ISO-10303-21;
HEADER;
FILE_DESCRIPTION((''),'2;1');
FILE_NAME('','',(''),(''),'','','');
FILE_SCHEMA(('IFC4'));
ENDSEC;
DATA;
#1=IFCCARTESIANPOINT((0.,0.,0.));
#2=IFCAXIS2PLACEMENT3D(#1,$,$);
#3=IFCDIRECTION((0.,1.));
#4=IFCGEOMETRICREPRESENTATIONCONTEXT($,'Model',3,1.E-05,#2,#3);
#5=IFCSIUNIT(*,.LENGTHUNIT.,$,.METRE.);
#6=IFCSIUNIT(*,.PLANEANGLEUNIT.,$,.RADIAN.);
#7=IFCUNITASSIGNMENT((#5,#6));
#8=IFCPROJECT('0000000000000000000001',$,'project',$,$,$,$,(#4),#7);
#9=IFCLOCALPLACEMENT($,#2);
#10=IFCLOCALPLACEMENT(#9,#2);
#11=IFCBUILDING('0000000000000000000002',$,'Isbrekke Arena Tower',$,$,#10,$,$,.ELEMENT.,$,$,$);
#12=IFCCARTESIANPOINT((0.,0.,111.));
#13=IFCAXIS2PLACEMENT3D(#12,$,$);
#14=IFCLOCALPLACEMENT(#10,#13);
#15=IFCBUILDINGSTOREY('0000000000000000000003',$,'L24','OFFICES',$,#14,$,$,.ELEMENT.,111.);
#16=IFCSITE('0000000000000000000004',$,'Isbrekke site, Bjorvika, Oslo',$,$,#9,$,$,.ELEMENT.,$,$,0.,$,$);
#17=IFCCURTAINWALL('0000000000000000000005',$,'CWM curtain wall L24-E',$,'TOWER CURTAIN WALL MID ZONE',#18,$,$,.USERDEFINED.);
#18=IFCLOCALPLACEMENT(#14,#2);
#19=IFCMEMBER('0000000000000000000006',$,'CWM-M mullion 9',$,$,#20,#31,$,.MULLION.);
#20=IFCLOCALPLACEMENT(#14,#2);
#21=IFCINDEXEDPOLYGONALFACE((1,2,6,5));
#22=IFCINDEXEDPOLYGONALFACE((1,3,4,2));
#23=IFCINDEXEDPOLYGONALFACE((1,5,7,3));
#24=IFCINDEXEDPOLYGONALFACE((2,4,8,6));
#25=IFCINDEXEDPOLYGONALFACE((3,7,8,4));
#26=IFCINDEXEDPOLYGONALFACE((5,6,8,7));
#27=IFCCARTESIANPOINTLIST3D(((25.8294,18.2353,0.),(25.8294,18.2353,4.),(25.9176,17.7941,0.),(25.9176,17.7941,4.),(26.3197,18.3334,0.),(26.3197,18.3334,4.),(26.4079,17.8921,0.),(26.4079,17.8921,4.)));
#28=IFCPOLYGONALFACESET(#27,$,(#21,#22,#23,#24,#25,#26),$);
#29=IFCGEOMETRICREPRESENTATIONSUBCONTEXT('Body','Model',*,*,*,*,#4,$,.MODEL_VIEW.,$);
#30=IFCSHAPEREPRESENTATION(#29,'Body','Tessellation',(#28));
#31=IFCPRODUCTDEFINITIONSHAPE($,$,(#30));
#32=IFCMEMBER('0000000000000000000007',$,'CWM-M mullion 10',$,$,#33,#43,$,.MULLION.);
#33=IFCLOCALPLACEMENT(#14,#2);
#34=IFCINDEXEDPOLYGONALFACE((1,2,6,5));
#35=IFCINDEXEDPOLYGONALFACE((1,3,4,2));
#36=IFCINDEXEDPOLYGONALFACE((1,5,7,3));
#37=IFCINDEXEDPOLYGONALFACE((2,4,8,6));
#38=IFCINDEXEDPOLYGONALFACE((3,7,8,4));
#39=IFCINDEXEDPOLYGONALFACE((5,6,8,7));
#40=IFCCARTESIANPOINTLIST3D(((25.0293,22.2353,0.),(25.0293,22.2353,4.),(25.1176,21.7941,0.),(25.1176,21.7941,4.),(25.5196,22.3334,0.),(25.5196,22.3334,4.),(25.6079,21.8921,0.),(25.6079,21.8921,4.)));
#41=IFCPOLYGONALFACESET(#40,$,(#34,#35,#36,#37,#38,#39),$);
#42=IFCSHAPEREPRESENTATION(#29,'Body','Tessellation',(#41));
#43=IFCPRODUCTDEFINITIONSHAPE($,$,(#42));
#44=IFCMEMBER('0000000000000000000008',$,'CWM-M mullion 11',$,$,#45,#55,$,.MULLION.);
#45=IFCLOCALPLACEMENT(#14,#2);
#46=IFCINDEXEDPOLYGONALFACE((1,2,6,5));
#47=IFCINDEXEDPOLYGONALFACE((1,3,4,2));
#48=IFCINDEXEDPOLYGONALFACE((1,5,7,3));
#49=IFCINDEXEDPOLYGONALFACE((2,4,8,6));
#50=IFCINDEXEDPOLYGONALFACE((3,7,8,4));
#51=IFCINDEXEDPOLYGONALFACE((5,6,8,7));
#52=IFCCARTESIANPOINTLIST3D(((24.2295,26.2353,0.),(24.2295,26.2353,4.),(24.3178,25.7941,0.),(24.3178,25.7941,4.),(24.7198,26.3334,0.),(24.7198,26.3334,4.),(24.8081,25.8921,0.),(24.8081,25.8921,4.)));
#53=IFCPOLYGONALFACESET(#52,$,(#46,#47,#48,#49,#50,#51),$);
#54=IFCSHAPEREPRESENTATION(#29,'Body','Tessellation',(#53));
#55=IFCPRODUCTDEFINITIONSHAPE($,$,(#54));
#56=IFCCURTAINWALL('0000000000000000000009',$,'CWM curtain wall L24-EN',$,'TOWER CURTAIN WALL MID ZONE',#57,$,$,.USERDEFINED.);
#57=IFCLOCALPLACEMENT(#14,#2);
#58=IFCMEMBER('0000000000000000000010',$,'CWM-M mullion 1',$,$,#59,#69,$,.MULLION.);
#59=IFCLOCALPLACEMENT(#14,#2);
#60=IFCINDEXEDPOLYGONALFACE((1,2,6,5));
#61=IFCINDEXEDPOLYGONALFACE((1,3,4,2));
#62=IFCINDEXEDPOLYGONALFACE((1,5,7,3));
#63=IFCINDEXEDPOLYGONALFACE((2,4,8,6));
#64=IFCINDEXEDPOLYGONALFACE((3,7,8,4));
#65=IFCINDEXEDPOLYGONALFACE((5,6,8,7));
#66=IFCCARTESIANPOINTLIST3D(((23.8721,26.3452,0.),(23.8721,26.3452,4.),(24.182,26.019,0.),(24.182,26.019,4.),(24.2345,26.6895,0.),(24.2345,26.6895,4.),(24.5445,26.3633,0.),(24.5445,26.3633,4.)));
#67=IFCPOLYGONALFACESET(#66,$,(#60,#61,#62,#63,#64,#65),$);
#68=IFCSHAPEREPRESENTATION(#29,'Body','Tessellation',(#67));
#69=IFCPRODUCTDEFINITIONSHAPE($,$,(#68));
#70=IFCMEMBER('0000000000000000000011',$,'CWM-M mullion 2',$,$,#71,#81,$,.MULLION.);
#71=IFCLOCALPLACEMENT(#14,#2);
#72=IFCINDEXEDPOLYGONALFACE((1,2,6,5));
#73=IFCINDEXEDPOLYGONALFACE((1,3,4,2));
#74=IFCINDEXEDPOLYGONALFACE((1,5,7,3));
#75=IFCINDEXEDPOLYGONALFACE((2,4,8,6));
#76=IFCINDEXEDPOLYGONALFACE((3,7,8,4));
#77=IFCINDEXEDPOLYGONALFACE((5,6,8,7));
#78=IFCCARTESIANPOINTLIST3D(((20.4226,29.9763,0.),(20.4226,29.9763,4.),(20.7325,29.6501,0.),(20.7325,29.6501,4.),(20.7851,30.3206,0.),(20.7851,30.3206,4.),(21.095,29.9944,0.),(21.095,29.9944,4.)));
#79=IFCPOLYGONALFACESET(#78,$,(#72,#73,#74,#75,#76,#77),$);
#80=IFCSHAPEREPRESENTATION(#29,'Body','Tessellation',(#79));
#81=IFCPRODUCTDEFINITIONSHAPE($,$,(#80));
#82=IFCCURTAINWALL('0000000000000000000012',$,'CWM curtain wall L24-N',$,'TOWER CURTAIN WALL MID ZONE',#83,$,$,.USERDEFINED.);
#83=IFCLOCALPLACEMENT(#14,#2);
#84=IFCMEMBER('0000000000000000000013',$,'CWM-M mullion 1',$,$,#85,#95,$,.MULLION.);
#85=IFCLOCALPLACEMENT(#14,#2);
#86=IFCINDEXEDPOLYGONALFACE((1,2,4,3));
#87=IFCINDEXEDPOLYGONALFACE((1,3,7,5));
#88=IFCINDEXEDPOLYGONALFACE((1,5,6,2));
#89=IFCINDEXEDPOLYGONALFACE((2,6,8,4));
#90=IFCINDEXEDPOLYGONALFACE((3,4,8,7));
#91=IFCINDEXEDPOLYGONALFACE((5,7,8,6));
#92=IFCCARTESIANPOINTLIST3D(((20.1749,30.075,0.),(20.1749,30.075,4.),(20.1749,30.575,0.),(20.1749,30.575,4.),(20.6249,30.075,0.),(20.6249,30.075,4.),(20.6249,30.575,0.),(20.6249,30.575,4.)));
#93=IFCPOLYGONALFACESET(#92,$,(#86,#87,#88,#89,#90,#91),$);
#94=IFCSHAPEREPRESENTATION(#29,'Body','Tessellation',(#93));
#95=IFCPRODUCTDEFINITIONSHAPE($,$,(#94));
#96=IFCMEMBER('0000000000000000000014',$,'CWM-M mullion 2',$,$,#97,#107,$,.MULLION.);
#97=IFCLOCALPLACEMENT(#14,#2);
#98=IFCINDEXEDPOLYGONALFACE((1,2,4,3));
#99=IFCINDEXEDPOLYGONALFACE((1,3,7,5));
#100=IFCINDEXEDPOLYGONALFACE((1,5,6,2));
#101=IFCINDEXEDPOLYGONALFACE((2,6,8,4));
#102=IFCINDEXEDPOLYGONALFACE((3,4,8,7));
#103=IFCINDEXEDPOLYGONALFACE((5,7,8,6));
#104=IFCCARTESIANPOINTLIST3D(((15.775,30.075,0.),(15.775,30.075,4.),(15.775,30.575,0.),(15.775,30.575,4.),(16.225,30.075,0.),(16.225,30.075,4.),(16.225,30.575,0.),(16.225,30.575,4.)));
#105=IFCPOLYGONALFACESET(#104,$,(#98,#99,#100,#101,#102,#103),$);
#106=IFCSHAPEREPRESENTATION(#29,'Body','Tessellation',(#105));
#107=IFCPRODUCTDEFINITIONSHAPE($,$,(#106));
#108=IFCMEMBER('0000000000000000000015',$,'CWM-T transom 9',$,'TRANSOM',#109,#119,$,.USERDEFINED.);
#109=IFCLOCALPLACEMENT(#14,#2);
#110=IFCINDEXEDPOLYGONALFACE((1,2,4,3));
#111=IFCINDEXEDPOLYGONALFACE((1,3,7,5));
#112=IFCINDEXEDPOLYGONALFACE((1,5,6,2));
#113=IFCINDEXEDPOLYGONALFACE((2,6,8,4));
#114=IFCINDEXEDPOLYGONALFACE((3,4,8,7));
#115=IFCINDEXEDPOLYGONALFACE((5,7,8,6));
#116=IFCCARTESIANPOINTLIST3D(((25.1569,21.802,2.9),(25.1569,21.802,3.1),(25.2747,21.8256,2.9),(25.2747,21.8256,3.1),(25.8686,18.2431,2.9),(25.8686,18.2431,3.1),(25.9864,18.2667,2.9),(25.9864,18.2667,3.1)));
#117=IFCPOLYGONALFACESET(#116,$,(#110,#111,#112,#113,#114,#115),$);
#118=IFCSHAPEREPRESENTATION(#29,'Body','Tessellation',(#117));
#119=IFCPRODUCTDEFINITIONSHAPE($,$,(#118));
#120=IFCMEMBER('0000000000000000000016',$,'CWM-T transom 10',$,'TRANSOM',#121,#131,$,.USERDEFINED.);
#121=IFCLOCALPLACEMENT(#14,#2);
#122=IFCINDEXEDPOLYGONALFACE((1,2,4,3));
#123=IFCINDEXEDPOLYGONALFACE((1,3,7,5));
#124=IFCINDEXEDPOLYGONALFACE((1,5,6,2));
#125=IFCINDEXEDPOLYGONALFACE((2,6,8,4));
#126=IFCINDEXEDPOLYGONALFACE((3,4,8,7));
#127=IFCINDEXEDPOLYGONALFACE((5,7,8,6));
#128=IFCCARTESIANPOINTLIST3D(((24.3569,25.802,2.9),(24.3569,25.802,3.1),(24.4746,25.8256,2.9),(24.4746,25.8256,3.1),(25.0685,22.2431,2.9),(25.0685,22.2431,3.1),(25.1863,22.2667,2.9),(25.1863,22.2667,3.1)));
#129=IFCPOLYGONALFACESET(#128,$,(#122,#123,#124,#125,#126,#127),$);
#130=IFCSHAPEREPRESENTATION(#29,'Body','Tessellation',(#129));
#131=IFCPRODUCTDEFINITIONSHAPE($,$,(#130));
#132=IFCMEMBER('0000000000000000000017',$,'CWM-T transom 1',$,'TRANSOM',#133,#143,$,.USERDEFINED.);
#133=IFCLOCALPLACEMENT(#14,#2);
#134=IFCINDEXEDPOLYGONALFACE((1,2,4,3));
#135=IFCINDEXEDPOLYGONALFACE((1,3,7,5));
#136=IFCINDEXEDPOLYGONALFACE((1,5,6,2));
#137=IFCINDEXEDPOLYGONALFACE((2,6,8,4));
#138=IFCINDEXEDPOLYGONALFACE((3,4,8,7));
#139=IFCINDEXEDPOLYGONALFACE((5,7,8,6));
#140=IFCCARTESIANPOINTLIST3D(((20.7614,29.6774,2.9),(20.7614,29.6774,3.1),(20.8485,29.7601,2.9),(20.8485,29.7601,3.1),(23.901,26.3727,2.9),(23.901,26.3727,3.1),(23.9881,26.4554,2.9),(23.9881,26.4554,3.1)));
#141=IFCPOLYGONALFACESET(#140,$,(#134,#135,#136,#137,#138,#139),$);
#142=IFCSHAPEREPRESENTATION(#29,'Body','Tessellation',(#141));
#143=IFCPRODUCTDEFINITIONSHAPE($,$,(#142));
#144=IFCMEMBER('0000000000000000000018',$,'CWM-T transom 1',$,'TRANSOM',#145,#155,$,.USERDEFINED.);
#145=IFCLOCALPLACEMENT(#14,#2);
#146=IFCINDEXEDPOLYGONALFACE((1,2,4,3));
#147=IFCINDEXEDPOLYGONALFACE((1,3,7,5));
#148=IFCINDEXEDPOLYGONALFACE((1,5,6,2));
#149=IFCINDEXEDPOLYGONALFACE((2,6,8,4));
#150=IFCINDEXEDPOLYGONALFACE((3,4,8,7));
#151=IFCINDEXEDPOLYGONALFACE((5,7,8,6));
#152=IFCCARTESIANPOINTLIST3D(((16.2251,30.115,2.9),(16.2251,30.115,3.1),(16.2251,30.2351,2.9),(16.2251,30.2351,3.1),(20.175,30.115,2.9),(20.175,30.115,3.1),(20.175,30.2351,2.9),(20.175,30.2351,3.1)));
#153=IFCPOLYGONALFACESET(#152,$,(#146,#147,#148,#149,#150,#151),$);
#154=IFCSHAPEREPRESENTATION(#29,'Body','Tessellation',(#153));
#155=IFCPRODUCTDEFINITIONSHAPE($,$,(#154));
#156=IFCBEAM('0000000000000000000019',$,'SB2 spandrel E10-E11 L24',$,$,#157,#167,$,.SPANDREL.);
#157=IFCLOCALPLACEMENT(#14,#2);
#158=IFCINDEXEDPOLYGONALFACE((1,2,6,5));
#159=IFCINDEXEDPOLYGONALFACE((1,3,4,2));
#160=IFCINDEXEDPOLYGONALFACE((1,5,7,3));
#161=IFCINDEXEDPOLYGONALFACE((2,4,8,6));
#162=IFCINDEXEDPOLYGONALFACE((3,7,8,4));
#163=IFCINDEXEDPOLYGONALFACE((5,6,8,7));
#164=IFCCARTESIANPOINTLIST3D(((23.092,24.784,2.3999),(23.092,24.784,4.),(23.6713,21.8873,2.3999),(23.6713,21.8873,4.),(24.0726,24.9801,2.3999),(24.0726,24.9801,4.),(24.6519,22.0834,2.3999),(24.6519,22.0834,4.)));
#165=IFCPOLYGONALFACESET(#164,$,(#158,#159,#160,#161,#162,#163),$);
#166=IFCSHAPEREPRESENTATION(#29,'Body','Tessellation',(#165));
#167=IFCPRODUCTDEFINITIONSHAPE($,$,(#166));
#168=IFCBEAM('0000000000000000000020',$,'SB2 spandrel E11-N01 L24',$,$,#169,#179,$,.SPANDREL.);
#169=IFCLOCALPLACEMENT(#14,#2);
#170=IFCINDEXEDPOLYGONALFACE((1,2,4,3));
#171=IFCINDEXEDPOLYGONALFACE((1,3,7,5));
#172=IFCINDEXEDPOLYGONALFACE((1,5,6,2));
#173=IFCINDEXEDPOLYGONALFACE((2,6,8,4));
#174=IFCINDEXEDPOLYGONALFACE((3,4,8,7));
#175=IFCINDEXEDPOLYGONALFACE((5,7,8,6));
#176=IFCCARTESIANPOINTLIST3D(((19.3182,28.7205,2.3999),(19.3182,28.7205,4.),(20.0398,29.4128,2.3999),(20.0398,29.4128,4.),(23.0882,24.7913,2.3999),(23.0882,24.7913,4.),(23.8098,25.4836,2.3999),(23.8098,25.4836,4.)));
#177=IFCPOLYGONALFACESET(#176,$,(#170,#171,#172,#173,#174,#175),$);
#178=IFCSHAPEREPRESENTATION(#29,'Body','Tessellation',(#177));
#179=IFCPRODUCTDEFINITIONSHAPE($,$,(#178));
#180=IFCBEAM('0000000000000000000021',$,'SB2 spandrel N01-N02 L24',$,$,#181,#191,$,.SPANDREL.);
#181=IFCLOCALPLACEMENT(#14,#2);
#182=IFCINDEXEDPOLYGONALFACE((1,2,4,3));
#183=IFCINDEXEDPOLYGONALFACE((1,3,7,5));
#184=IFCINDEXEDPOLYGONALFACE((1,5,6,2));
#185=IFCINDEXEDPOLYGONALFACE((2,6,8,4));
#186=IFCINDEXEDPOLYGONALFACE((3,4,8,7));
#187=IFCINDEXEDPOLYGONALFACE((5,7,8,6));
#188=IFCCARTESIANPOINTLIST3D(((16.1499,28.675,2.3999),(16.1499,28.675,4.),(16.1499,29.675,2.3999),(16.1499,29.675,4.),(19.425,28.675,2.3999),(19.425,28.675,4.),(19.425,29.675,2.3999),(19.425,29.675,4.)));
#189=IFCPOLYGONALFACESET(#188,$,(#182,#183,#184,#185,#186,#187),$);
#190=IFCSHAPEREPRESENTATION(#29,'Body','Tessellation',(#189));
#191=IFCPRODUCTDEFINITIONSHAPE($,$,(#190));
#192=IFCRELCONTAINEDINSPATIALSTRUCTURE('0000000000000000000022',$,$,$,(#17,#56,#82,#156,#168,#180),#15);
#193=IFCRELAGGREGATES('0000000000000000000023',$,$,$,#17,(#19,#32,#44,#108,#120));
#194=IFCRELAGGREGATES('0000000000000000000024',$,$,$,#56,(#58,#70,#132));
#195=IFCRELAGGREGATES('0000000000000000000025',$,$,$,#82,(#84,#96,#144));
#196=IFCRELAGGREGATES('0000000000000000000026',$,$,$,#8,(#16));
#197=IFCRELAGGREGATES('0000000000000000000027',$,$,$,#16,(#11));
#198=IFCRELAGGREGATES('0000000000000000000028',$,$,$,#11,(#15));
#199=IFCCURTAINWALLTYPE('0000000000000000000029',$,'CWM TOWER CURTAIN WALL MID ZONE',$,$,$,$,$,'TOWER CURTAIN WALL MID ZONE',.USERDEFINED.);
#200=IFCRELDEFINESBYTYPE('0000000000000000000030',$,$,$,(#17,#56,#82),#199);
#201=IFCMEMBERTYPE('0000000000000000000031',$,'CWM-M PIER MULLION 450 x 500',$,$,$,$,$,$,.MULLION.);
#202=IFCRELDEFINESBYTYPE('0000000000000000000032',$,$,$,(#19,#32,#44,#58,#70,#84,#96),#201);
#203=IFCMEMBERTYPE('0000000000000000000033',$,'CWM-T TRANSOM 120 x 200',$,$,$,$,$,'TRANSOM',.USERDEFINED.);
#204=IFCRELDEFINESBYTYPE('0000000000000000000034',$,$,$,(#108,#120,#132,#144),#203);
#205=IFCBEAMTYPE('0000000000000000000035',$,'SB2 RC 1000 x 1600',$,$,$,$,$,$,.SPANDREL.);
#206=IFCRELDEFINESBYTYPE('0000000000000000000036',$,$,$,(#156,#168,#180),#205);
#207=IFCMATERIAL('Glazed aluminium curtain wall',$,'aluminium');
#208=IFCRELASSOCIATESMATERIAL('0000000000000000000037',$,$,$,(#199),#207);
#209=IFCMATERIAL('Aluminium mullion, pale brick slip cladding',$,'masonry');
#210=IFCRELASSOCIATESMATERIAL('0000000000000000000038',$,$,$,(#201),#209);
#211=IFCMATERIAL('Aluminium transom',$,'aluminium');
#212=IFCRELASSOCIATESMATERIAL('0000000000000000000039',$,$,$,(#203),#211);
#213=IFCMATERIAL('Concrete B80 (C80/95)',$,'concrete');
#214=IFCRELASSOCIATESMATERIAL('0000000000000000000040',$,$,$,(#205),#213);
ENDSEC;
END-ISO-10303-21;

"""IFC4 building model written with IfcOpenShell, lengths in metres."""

from ifc_helpers import new_model, si_unit, direction, frame, origin, origin_2d, place, context, subcontext, project, spatial, rectangle, extrude, material, material_profile, profile_set, type_object, element, aggregate, save


model = new_model("IFC4")

# Units and contexts
model_context = context("Model", 3, precision=1e-05, world=origin(), true_north=direction((0.0, 1.0)))
body_context = subcontext(model_context, "Body", "Model", "MODEL_VIEW")
ifc_project = project(units=[si_unit("LENGTHUNIT", "METRE"), si_unit("PLANEANGLEUNIT", "RADIAN")], contexts=[model_context])

# Site, building, storey
site_placement = place(None, origin())
site = spatial("IfcSite", under=ifc_project, at=site_placement, Name="Isbrekke site, Bjorvika, Oslo", CompositionType="ELEMENT", RefElevation=0.0)
building_placement = place(site_placement, origin())
building = spatial("IfcBuilding", under=site, at=building_placement, Name="Isbrekke Arena Tower", CompositionType="ELEMENT")
storey_placement = place(building_placement, frame((0.0, 0.0, 111.0)))
storey = spatial("IfcBuildingStorey", under=building, at=storey_placement, Name="L24", Description="OFFICES", CompositionType="ELEMENT", Elevation=111.0)

# Curtain walls, members
ifc_material_1 = material(Name="Glazed aluminium curtain wall", Category="aluminium")
curtain_wall_type = type_object("IfcCurtainWallType", Name="CWM TOWER CURTAIN WALL MID ZONE", ElementType="TOWER CURTAIN WALL MID ZONE", PredefinedType="USERDEFINED", material=ifc_material_1)
curtain_wall_1_placement = place(storey_placement, origin())
curtain_wall_1 = element("IfcCurtainWall", 1, at=curtain_wall_1_placement, inside=storey, type_object=curtain_wall_type, Name="CWM curtain wall L24-E", ObjectType="TOWER CURTAIN WALL MID ZONE", PredefinedType="USERDEFINED")
ifc_material_2 = material(Name="Aluminium mullion, pale brick slip cladding", Category="masonry")
ifc_material_profile_1 = material_profile(ifc_material_2, rectangle(XDim=0.45, YDim=0.5, at=origin_2d()), Name="PIER 450X500")
ifc_profile_set_1 = profile_set([ifc_material_profile_1], Name="Aluminium mullion, pale brick slip cladding")
member_type_1 = type_object("IfcMemberType", Name="CWM-M PIER MULLION 450 x 500", PredefinedType="MULLION", material=ifc_profile_set_1)
member_1_placement = place(storey_placement, frame((26.1187, 18.0637, 0.0), z_axis=(0.0, 0.0, 1.0), x_axis=(-0.196116, 0.980581, 0.0)))
member_1 = element("IfcMember", 2, at=member_1_placement, type_object=member_type_1, Name="CWM-M mullion 9", PredefinedType="MULLION", context=body_context, shape_type="SweptSolid", body=[
    extrude(rectangle(XDim=0.45, YDim=0.5, at=origin_2d()), origin(), (0.0, 0.0, 1.0), 4.0),
])
member_2_placement = place(storey_placement, frame((25.3186, 22.0637, 0.0), z_axis=(0.0, 0.0, 1.0), x_axis=(-0.196116, 0.980581, 0.0)))
member_2 = element("IfcMember", 3, at=member_2_placement, type_object=member_type_1, Name="CWM-M mullion 10", PredefinedType="MULLION", context=body_context, shape_type="SweptSolid", body=[
    extrude(rectangle(XDim=0.45, YDim=0.5, at=origin_2d()), origin(), (0.0, 0.0, 1.0), 4.0),
])
member_3_placement = place(storey_placement, frame((24.5188, 26.0637, 0.0), z_axis=(0.0, 0.0, 1.0), x_axis=(-0.196116, 0.980581, 0.0)))
member_3 = element("IfcMember", 4, at=member_3_placement, type_object=member_type_1, Name="CWM-M mullion 11", PredefinedType="MULLION", context=body_context, shape_type="SweptSolid", body=[
    extrude(rectangle(XDim=0.45, YDim=0.5, at=origin_2d()), origin(), (0.0, 0.0, 1.0), 4.0),
])
curtain_wall_2_placement = place(storey_placement, origin())
curtain_wall_2 = element("IfcCurtainWall", 5, at=curtain_wall_2_placement, inside=storey, type_object=curtain_wall_type, Name="CWM curtain wall L24-EN", ObjectType="TOWER CURTAIN WALL MID ZONE", PredefinedType="USERDEFINED")
member_4_placement = place(storey_placement, frame((24.2083, 26.3542, 0.0), z_axis=(0.0, 0.0, 1.0), x_axis=(-0.688749, 0.724999, 0.0)))
member_4 = element("IfcMember", 6, at=member_4_placement, type_object=member_type_1, Name="CWM-M mullion 1", PredefinedType="MULLION", context=body_context, shape_type="SweptSolid", body=[
    extrude(rectangle(XDim=0.45, YDim=0.5, at=origin_2d()), origin(), (0.0, 0.0, 1.0), 4.0),
])
member_5_placement = place(storey_placement, frame((20.7588, 29.9854, 0.0), z_axis=(0.0, 0.0, 1.0), x_axis=(-0.688749, 0.724999, 0.0)))
member_5 = element("IfcMember", 7, at=member_5_placement, type_object=member_type_1, Name="CWM-M mullion 2", PredefinedType="MULLION", context=body_context, shape_type="SweptSolid", body=[
    extrude(rectangle(XDim=0.45, YDim=0.5, at=origin_2d()), origin(), (0.0, 0.0, 1.0), 4.0),
])
curtain_wall_3_placement = place(storey_placement, origin())
curtain_wall_3 = element("IfcCurtainWall", 8, at=curtain_wall_3_placement, inside=storey, type_object=curtain_wall_type, Name="CWM curtain wall L24-N", ObjectType="TOWER CURTAIN WALL MID ZONE", PredefinedType="USERDEFINED")
member_6_placement = place(storey_placement, frame((20.3999, 30.325, 0.0), z_axis=(0.0, 0.0, 1.0), x_axis=(-1.0, 0.0, 0.0)))
member_6 = element("IfcMember", 9, at=member_6_placement, type_object=member_type_1, Name="CWM-M mullion 1", PredefinedType="MULLION", context=body_context, shape_type="SweptSolid", body=[
    extrude(rectangle(XDim=0.45, YDim=0.5, at=origin_2d()), origin(), (0.0, 0.0, 1.0), 4.0),
])
member_7_placement = place(storey_placement, frame((16.0, 30.325, 0.0), z_axis=(0.0, 0.0, 1.0), x_axis=(-1.0, 0.0, 0.0)))
member_7 = element("IfcMember", 10, at=member_7_placement, type_object=member_type_1, Name="CWM-M mullion 2", PredefinedType="MULLION", context=body_context, shape_type="SweptSolid", body=[
    extrude(rectangle(XDim=0.45, YDim=0.5, at=origin_2d()), origin(), (0.0, 0.0, 1.0), 4.0),
])

# Members
ifc_material_3 = material(Name="Aluminium transom", Category="aluminium")
ifc_material_profile_2 = material_profile(ifc_material_3, rectangle(XDim=0.1201, YDim=0.2, at=origin_2d()), Name="TRANSOM 120X200")
ifc_profile_set_2 = profile_set([ifc_material_profile_2], Name="Aluminium transom")
member_type_2 = type_object("IfcMemberType", Name="CWM-T TRANSOM 120 x 200", ElementType="TRANSOM", PredefinedType="USERDEFINED", material=ifc_profile_set_2)
member_8_placement = place(storey_placement, frame((25.9275, 18.2549, 3.0), z_axis=(-0.19609, 0.980586, 0.0), x_axis=(-0.980586, -0.19609, 0.0)))
member_8 = element("IfcMember", 11, at=member_8_placement, type_object=member_type_2, Name="CWM-T transom 9", ObjectType="TRANSOM", PredefinedType="USERDEFINED", context=body_context, shape_type="SweptSolid", body=[
    extrude(rectangle(XDim=0.1201, YDim=0.2, at=origin_2d()), origin(), (0.0, 0.0, 1.0), 3.6294),
])
member_9_placement = place(storey_placement, frame((25.1274, 22.2549, 3.0), z_axis=(-0.19609, 0.980586, 0.0), x_axis=(-0.980586, -0.19609, 0.0)))
member_9 = element("IfcMember", 12, at=member_9_placement, type_object=member_type_2, Name="CWM-T transom 10", ObjectType="TRANSOM", PredefinedType="USERDEFINED", context=body_context, shape_type="SweptSolid", body=[
    extrude(rectangle(XDim=0.1201, YDim=0.2, at=origin_2d()), origin(), (0.0, 0.0, 1.0), 3.6294),
])
member_10_placement = place(storey_placement, frame((23.9446, 26.4141, 3.0), z_axis=(-0.688772, 0.724978, 0.0), x_axis=(-0.724978, -0.688772, 0.0)))
member_10 = element("IfcMember", 13, at=member_10_placement, type_object=member_type_2, Name="CWM-T transom 1", ObjectType="TRANSOM", PredefinedType="USERDEFINED", context=body_context, shape_type="SweptSolid", body=[
    extrude(rectangle(XDim=0.1201, YDim=0.2, at=origin_2d()), origin(), (0.0, 0.0, 1.0), 4.5583),
])
member_11_placement = place(storey_placement, frame((20.175, 30.175, 3.0), z_axis=(-1.0, 0.0, 0.0), x_axis=(0.0, -1.0, 0.0)))
member_11 = element("IfcMember", 14, at=member_11_placement, type_object=member_type_2, Name="CWM-T transom 1", ObjectType="TRANSOM", PredefinedType="USERDEFINED", context=body_context, shape_type="SweptSolid", body=[
    extrude(rectangle(XDim=0.1201, YDim=0.2, at=origin_2d()), origin(), (0.0, 0.0, 1.0), 3.95),
])

# Beams
ifc_material_4 = material(Name="Concrete B80 (C80/95)", Category="concrete")
ifc_material_profile_3 = material_profile(ifc_material_4, rectangle(XDim=1.0, YDim=1.6001, at=origin_2d()), Name="RC 1000x1600")
ifc_profile_set_3 = profile_set([ifc_material_profile_3], Name="Concrete B80 (C80/95)")
beam_type_1 = type_object("IfcBeamType", Name="SB2 RC 1000 x 1600", PredefinedType="SPANDREL", material=ifc_profile_set_3)
beam_1_placement = place(storey_placement, frame((24.1616, 21.9854, 3.2), z_axis=(-0.196116, 0.980581, 0.0), x_axis=(-0.980581, -0.196116, 0.0)))
element("IfcBeam", 15, at=beam_1_placement, inside=storey, type_object=beam_type_1, Name="SB2 spandrel E10-E11 L24", PredefinedType="SPANDREL", context=body_context, shape_type="SweptSolid", body=[
    extrude(rectangle(XDim=1.0, YDim=1.6001, at=origin_2d()), origin(), (0.0, 0.0, 1.0), 2.9541),
])
beam_2_placement = place(storey_placement, frame((23.449, 25.1375, 3.2), z_axis=(-0.69234, 0.721572, 0.0), x_axis=(-0.721572, -0.69234, 0.0)))
element("IfcBeam", 16, at=beam_2_placement, inside=storey, type_object=beam_type_1, Name="SB2 spandrel E11-N01 L24", PredefinedType="SPANDREL", context=body_context, shape_type="SweptSolid", body=[
    extrude(rectangle(XDim=1.0, YDim=1.6001, at=origin_2d()), origin(), (0.0, 0.0, 1.0), 5.4453),
])
beam_3_placement = place(storey_placement, frame((19.425, 29.175, 3.2), z_axis=(-1.0, 0.0, 0.0), x_axis=(0.0, -1.0, 0.0)))
element("IfcBeam", 17, at=beam_3_placement, inside=storey, type_object=beam_type_1, Name="SB2 spandrel N01-N02 L24", PredefinedType="SPANDREL", context=body_context, shape_type="SweptSolid", body=[
    extrude(rectangle(XDim=1.0, YDim=1.6001, at=origin_2d()), origin(), (0.0, 0.0, 1.0), 3.2751),
])

aggregate(curtain_wall_1, [member_1, member_2, member_3, member_8, member_9])
aggregate(curtain_wall_2, [member_4, member_5, member_10])
aggregate(curtain_wall_3, [member_6, member_7, member_11])

save(model, "model.ifc")
